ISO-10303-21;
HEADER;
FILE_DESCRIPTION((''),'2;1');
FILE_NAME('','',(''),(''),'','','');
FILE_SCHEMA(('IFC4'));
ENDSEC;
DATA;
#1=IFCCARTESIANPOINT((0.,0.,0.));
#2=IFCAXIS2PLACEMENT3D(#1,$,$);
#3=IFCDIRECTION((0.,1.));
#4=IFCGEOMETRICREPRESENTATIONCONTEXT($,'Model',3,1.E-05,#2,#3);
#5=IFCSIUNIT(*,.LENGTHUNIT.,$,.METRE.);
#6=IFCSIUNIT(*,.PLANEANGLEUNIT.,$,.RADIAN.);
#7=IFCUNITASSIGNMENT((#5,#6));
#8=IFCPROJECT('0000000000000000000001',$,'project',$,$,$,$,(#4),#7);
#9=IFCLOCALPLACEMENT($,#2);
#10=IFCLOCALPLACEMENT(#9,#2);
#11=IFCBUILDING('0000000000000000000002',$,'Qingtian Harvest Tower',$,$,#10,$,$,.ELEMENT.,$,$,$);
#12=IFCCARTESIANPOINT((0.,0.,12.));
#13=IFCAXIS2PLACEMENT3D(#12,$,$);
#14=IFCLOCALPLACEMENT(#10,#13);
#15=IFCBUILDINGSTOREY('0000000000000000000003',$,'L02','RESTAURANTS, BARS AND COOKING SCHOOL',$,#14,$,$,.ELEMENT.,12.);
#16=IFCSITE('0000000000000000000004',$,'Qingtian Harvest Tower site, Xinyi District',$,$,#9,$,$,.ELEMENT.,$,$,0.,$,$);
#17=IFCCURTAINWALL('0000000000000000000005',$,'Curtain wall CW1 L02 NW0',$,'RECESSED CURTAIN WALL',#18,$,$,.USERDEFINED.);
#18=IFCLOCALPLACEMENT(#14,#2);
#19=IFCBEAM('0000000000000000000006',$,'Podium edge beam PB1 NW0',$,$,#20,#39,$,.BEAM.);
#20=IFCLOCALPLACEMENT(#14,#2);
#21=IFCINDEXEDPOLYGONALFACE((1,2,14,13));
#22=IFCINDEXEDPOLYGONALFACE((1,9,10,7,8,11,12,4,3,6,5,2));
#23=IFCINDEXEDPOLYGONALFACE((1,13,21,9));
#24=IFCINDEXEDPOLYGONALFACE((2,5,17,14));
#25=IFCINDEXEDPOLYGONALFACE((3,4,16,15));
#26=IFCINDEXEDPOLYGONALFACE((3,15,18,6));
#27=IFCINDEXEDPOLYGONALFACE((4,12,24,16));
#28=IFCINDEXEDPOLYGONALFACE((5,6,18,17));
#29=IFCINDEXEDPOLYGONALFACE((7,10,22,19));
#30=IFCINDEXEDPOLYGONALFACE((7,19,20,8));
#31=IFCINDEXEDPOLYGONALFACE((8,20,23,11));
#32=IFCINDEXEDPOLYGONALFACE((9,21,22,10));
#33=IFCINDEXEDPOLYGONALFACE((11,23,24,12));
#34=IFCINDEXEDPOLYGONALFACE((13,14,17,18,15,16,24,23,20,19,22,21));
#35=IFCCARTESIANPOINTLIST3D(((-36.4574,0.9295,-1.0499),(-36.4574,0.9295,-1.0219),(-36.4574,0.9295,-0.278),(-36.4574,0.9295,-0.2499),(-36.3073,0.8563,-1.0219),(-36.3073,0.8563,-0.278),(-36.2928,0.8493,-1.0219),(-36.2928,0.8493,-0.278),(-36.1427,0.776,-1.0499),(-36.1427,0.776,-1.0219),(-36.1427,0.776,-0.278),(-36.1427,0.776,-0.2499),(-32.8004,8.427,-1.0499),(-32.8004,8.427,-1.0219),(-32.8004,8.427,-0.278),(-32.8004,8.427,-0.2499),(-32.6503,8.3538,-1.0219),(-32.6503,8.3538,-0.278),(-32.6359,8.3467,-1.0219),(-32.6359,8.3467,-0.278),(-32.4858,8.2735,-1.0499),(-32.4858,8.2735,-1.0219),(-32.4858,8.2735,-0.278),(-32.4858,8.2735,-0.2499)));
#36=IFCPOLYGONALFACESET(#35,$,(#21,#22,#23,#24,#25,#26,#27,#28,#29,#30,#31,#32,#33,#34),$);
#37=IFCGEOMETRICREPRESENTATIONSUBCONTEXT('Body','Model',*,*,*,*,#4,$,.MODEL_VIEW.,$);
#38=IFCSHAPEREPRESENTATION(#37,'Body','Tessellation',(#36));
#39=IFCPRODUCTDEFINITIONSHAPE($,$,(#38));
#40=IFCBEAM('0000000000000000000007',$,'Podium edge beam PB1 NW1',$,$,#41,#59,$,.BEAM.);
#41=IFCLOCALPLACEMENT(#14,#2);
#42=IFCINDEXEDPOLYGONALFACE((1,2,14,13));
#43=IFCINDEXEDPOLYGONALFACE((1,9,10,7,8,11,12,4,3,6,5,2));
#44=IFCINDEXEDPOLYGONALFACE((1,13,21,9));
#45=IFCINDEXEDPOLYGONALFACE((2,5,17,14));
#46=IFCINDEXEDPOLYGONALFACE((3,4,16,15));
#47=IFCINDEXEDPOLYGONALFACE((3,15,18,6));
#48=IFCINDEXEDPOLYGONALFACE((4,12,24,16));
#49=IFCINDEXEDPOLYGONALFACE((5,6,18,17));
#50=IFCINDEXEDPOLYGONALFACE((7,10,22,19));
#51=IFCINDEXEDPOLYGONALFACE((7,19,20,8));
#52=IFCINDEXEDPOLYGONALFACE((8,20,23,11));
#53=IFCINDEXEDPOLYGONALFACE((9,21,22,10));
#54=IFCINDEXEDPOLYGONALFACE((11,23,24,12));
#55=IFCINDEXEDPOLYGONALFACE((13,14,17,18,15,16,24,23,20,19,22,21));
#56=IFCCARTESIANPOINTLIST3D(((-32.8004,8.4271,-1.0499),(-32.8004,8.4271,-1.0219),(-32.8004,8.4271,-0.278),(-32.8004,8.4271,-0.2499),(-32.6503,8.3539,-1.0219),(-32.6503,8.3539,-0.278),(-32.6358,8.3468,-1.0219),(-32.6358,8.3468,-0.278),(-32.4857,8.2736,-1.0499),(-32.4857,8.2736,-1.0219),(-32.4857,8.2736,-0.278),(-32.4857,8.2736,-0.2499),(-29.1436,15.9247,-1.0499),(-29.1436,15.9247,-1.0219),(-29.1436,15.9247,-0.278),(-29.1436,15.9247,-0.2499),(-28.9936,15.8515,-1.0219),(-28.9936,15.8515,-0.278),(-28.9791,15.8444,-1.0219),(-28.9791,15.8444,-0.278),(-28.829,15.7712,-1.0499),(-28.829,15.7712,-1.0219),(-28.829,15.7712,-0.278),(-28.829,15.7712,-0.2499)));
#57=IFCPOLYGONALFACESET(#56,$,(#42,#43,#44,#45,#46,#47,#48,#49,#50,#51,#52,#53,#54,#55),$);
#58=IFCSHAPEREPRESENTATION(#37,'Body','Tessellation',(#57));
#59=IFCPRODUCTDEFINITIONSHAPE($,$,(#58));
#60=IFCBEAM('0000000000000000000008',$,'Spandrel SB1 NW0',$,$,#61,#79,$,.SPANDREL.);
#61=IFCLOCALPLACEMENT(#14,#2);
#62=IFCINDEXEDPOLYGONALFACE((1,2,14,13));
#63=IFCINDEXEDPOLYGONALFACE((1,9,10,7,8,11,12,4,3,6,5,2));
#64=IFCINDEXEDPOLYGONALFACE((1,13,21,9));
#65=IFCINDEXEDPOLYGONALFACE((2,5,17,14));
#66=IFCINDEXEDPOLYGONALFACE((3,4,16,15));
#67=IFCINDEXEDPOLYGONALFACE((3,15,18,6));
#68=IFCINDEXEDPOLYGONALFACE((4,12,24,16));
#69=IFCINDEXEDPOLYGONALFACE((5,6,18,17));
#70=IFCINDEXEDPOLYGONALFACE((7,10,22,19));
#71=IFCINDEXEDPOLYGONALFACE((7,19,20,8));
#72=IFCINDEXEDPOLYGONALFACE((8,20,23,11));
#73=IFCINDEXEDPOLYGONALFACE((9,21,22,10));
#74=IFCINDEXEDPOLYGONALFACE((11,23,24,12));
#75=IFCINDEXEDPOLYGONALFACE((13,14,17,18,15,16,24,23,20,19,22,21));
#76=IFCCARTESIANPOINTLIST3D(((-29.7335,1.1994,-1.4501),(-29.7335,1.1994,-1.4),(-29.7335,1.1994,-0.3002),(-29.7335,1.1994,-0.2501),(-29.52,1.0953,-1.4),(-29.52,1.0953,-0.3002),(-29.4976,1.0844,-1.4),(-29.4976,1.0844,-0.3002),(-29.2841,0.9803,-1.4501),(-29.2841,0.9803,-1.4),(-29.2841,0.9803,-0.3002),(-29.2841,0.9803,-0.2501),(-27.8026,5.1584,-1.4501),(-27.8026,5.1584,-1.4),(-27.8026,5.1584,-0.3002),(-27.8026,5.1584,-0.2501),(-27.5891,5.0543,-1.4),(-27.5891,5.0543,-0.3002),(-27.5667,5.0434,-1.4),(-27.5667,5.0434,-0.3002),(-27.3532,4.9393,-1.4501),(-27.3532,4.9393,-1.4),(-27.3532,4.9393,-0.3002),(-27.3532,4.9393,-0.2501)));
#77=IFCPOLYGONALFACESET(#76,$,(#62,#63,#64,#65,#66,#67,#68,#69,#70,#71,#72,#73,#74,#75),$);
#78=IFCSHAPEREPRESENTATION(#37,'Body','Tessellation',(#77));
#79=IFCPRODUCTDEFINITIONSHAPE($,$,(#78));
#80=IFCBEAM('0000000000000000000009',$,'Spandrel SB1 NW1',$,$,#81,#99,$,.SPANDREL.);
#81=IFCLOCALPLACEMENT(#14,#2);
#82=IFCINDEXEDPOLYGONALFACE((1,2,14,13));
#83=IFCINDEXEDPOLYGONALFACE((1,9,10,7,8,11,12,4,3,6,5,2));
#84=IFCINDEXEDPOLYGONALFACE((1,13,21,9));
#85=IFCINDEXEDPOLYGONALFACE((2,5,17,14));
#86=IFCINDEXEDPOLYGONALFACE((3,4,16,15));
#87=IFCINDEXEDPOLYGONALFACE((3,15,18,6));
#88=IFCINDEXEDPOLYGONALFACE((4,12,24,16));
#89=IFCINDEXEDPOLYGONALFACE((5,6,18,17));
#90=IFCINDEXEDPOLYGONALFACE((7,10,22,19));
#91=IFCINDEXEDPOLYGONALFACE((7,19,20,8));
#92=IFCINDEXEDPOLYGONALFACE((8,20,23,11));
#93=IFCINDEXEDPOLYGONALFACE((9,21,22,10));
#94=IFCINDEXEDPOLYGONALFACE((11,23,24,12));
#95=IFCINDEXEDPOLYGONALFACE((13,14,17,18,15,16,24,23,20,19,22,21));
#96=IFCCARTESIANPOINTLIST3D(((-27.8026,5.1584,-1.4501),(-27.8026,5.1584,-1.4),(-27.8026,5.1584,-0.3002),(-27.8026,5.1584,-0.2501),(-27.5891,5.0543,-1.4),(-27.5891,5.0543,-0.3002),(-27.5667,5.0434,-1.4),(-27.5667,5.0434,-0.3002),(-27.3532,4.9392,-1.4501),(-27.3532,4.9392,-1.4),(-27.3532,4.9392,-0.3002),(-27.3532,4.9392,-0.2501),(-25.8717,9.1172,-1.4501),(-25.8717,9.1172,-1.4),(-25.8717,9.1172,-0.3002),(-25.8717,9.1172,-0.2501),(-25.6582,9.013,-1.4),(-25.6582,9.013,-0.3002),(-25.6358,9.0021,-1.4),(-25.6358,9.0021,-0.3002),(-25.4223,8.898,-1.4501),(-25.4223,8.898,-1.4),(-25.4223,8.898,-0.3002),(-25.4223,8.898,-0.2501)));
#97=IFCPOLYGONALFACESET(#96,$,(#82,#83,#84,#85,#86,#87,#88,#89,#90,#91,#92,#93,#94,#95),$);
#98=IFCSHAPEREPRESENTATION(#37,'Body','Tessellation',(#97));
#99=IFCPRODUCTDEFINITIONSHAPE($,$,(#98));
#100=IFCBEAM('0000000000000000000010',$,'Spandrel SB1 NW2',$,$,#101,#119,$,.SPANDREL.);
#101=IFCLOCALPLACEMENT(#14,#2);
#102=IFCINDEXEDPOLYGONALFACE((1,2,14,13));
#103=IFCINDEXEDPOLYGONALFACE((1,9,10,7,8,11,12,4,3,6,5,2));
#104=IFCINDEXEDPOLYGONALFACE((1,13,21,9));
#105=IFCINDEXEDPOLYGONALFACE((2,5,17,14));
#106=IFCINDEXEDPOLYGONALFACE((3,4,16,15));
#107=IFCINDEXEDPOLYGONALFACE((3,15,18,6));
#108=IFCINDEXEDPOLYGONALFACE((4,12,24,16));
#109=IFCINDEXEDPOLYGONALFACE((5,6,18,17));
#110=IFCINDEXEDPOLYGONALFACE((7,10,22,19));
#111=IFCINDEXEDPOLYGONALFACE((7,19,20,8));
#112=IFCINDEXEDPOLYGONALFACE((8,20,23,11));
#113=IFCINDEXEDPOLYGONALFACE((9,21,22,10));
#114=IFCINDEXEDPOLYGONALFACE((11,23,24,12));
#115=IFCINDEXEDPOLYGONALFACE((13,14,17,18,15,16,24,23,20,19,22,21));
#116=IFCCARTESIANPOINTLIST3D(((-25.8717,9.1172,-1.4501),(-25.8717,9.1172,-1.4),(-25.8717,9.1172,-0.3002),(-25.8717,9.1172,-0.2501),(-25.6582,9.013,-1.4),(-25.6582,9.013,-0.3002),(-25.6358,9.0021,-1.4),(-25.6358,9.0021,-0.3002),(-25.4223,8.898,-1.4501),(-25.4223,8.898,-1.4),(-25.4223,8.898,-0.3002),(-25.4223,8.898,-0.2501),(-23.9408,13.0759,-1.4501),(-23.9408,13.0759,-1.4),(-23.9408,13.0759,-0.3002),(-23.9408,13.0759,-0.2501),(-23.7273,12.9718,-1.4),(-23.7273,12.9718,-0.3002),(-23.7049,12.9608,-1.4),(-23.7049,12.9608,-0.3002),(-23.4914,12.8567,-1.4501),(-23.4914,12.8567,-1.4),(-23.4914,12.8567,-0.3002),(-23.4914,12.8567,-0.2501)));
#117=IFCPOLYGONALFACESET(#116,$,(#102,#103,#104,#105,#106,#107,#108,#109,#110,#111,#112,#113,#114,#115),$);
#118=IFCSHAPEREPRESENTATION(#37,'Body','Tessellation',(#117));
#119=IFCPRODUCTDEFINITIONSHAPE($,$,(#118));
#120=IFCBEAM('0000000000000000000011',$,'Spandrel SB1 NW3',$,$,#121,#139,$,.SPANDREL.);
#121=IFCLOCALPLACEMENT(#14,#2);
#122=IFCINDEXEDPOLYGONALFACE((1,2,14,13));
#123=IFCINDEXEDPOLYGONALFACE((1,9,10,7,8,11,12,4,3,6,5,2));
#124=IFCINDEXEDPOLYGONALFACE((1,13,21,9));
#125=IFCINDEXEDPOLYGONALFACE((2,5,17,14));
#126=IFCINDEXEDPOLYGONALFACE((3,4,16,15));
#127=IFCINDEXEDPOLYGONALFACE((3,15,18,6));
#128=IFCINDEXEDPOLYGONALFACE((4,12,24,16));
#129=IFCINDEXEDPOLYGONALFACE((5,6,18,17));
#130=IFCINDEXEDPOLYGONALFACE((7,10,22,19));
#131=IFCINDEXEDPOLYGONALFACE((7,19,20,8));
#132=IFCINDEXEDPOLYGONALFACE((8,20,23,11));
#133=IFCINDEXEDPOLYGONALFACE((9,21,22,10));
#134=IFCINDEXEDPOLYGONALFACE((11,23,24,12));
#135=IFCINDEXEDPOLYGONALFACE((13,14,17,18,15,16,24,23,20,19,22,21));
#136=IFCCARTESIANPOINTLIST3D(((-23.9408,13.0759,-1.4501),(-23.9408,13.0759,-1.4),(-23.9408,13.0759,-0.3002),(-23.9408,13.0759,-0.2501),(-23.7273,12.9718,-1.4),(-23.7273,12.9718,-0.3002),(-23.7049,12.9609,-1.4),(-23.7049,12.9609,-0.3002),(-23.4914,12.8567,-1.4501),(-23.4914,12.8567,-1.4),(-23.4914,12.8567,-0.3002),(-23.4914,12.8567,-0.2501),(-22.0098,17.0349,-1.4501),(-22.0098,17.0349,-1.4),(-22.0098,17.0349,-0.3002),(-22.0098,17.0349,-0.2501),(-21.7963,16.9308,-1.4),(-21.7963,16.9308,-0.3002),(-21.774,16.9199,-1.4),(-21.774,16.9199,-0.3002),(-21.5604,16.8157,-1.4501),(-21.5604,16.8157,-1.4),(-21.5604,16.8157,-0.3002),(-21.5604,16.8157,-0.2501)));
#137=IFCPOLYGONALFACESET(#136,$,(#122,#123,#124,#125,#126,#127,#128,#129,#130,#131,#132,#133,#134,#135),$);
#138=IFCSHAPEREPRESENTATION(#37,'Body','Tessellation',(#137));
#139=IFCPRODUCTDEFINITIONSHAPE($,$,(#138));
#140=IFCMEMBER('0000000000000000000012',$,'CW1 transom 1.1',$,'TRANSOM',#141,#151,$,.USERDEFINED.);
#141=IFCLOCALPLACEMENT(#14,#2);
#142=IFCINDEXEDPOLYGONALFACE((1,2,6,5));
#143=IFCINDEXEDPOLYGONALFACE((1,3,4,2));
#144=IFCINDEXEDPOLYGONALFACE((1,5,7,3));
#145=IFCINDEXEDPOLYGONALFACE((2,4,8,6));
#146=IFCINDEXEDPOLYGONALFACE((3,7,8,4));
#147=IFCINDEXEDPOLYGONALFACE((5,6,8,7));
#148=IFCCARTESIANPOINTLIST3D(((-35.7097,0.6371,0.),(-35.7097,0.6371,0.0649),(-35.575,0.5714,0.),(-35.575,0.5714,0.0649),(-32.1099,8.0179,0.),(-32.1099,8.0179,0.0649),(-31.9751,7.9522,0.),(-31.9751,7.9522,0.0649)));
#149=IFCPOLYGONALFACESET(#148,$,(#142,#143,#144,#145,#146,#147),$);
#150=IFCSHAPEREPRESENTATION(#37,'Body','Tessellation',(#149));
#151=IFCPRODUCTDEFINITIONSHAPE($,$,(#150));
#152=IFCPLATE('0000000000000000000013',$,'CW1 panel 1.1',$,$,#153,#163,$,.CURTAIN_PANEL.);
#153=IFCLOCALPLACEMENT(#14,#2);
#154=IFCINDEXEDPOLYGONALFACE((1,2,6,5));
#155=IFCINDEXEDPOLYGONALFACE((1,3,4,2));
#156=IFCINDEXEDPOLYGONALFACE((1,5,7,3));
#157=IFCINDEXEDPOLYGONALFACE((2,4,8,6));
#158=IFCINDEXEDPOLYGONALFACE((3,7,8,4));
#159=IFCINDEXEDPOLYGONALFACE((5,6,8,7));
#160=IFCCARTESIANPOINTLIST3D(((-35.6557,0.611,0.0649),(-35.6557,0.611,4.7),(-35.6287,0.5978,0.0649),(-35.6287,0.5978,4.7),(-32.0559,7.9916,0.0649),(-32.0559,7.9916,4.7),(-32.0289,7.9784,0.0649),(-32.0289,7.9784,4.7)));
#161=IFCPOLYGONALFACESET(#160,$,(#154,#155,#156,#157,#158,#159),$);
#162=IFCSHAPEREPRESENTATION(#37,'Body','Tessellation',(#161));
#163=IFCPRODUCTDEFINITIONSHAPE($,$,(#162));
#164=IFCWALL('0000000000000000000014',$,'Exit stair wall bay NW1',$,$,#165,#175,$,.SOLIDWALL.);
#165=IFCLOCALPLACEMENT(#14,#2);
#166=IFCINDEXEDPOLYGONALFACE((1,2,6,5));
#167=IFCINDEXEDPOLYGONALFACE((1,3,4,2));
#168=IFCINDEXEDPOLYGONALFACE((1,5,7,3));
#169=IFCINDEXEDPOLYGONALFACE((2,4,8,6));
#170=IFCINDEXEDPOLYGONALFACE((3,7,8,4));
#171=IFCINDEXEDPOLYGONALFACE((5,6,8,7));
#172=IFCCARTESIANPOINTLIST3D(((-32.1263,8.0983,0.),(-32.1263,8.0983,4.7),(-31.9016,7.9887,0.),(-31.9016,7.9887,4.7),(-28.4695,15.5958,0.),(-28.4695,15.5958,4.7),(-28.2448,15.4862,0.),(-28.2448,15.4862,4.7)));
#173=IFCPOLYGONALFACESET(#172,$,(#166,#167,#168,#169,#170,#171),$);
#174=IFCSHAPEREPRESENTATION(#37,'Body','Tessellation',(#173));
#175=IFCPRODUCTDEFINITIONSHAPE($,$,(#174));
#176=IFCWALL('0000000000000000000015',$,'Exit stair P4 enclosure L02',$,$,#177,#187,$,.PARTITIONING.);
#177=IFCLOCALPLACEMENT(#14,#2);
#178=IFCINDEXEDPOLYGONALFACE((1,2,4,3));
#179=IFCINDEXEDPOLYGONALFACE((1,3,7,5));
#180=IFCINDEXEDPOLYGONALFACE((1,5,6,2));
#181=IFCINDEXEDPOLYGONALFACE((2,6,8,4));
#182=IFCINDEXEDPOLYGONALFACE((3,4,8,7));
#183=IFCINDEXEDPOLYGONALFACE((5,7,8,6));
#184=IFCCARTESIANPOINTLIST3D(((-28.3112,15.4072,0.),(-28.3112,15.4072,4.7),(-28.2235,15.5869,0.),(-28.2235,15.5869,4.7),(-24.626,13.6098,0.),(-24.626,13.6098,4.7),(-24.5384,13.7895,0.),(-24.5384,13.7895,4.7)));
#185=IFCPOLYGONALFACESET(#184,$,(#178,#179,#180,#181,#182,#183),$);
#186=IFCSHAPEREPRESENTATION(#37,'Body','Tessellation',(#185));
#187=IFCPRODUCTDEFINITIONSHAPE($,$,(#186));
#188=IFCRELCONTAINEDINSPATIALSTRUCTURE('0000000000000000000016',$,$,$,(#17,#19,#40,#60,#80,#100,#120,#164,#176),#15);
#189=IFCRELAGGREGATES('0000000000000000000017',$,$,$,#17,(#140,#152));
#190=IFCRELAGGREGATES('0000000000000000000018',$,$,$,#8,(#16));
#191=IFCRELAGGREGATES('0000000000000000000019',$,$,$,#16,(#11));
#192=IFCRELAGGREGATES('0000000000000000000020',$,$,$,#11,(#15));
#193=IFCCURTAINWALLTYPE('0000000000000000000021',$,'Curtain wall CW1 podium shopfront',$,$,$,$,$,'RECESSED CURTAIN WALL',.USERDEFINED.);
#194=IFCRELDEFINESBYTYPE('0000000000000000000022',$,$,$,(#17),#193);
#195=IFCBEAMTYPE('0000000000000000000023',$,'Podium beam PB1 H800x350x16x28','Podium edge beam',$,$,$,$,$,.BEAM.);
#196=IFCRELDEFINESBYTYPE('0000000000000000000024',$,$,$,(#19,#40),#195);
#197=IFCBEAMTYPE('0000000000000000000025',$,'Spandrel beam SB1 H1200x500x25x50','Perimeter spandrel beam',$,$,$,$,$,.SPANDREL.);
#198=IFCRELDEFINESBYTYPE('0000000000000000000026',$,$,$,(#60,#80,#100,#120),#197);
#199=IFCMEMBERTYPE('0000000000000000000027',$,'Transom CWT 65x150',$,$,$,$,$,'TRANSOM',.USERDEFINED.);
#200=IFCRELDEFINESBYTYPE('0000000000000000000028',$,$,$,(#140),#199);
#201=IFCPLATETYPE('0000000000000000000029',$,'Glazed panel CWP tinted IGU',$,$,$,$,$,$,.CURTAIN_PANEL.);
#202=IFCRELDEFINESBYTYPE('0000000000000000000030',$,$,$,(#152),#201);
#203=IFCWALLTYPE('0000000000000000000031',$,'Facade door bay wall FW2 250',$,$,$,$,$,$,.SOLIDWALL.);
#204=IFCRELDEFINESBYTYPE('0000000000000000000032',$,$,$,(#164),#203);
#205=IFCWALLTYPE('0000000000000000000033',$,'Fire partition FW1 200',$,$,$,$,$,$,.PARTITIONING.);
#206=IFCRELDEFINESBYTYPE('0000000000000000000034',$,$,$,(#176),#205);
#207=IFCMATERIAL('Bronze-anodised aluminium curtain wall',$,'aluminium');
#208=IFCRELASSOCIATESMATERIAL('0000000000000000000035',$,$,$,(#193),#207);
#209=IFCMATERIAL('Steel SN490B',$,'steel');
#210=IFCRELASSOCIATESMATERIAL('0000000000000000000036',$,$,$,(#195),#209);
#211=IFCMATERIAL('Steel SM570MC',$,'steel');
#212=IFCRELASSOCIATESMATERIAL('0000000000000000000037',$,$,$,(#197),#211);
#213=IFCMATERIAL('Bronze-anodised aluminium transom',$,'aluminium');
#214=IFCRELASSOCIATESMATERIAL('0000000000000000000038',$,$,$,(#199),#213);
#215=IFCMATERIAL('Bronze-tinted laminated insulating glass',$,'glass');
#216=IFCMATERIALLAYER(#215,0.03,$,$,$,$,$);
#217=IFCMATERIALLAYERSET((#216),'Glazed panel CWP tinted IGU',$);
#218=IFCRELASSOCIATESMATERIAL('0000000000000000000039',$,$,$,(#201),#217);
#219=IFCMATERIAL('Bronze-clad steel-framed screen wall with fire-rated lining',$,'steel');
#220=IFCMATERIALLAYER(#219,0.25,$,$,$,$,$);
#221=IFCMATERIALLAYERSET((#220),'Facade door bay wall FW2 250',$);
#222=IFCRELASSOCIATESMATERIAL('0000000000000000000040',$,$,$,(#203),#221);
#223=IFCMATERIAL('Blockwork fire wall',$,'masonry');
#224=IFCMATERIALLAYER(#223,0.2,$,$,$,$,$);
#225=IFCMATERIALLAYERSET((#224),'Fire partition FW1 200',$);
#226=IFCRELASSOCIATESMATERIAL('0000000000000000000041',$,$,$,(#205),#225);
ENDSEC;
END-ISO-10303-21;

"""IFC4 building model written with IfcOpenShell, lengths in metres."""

from ifc_helpers import new_model, si_unit, direction, frame, frame_2d, origin, origin_2d, place, context, subcontext, project, spatial, rectangle, i_section, extrude, material, layer, layer_set, material_profile, profile_set, type_object, element, aggregate, save


model = new_model("IFC4")

# Units and contexts
model_context = context("Model", 3, precision=1e-05, world=origin(), true_north=direction((0.0, 1.0)))
body_context = subcontext(model_context, "Body", "Model", "MODEL_VIEW")
ifc_project = project(units=[si_unit("LENGTHUNIT", "METRE"), si_unit("PLANEANGLEUNIT", "RADIAN")], contexts=[model_context])

# Site, building, storey
site_placement = place(None, origin())
site = spatial("IfcSite", under=ifc_project, at=site_placement, Name="Qingtian Harvest Tower site, Xinyi District", CompositionType="ELEMENT", RefElevation=0.0)
building_placement = place(site_placement, origin())
building = spatial("IfcBuilding", under=site, at=building_placement, Name="Qingtian Harvest Tower", CompositionType="ELEMENT")
storey_placement = place(building_placement, frame((0.0, 0.0, 12.0)))
storey = spatial("IfcBuildingStorey", under=building, at=storey_placement, Name="L02", Description="RESTAURANTS, BARS AND COOKING SCHOOL", CompositionType="ELEMENT", Elevation=12.0)

# Shared definitions
ifc_material_1 = material(Name="Bronze-anodised aluminium curtain wall", Category="aluminium")
curtain_wall_type = type_object("IfcCurtainWallType", Name="Curtain wall CW1 podium shopfront", ElementType="RECESSED CURTAIN WALL", PredefinedType="USERDEFINED", material=ifc_material_1)

# Curtain wall
curtain_wall_1_placement = place(storey_placement, origin())
curtain_wall_1 = element("IfcCurtainWall", 1, at=curtain_wall_1_placement, inside=storey, type_object=curtain_wall_type, Name="Curtain wall CW1 L02 NW0", ObjectType="RECESSED CURTAIN WALL", PredefinedType="USERDEFINED")

# Beams
ifc_material_2 = material(Name="Steel SN490B", Category="steel")
ifc_material_profile_1 = material_profile(ifc_material_2, i_section(OverallWidth=0.3501, OverallDepth=0.8, WebThickness=0.0161, FlangeThickness=0.0281, at=origin_2d()), Name="H800x350x16x28")
ifc_profile_set_1 = profile_set([ifc_material_profile_1], Name="Steel SN490B")
beam_type_1 = type_object("IfcBeamType", Name="Podium beam PB1 H800x350x16x28", Description="Podium edge beam", PredefinedType="BEAM", material=ifc_profile_set_1)
for number, where, z_axis, x_axis, name in (
    (2, (-36.3, 0.8528, -0.6499), (0.438388, 0.898786, 0.0), (-0.898786, 0.438388, 0.0), "Podium edge beam PB1 NW0"),
    (3, (-32.6431, 8.3503, -0.6499), (0.438365, 0.898797, 0.0), (-0.898797, 0.438365, 0.0), "Podium edge beam PB1 NW1"),
):
    element("IfcBeam", number, at=place(storey_placement, frame(where, z_axis=z_axis, x_axis=x_axis)), inside=storey, type_object=beam_type_1, Name=name, PredefinedType="BEAM", context=body_context, shape_type="SweptSolid", body=[
        extrude(i_section(OverallWidth=0.3501, OverallDepth=0.8, WebThickness=0.0161, FlangeThickness=0.0281, at=origin_2d()), origin(), (0.0, 0.0, 1.0), 8.3418),
    ])
ifc_material_3 = material(Name="Steel SM570MC", Category="steel")
ifc_material_profile_2 = material_profile(ifc_material_3, i_section(OverallWidth=0.5, OverallDepth=1.2, WebThickness=0.0249, FlangeThickness=0.05, at=origin_2d()), Name="H1200x500x25x50")
ifc_profile_set_2 = profile_set([ifc_material_profile_2], Name="Steel SM570MC")
beam_type_2 = type_object("IfcBeamType", Name="Spandrel beam SB1 H1200x500x25x50", Description="Perimeter spandrel beam", PredefinedType="SPANDREL", material=ifc_profile_set_2)
beam_1_placement = place(storey_placement, frame((-29.5088, 1.0898, -0.8501), z_axis=(0.438368, 0.898796, 0.0), x_axis=(-0.898796, 0.438368, 0.0)))
element("IfcBeam", 4, at=beam_1_placement, inside=storey, type_object=beam_type_2, Name="Spandrel SB1 NW0", PredefinedType="SPANDREL", context=body_context, shape_type="SweptSolid", body=[
    extrude(i_section(OverallWidth=0.5, OverallDepth=1.2, WebThickness=0.0249, FlangeThickness=0.05, at=origin_2d()), origin(), (0.0, 0.0, 1.0), 4.4048),
])
for number, where, z_axis, x_axis, name in (
    (5, (-27.5779, 5.0488, -0.8501), (0.43839, 0.898785, 0.0), (-0.898785, 0.43839, 0.0), "Spandrel SB1 NW1"),
    (6, (-25.647, 9.0076, -0.8501), (0.43839, 0.898785, 0.0), (-0.898785, 0.43839, 0.0), "Spandrel SB1 NW2"),
):
    element("IfcBeam", number, at=place(storey_placement, frame(where, z_axis=z_axis, x_axis=x_axis)), inside=storey, type_object=beam_type_2, Name=name, PredefinedType="SPANDREL", context=body_context, shape_type="SweptSolid", body=[
        extrude(i_section(OverallWidth=0.5, OverallDepth=1.2, WebThickness=0.0249, FlangeThickness=0.05, at=origin_2d()), origin(), (0.0, 0.0, 1.0), 4.4045),
    ])
beam_2_placement = place(storey_placement, frame((-23.7161, 12.9663, -0.8501), z_axis=(0.438368, 0.898796, 0.0), x_axis=(-0.898796, 0.438368, 0.0)))
element("IfcBeam", 7, at=beam_2_placement, inside=storey, type_object=beam_type_2, Name="Spandrel SB1 NW3", PredefinedType="SPANDREL", context=body_context, shape_type="SweptSolid", body=[
    extrude(i_section(OverallWidth=0.5, OverallDepth=1.2, WebThickness=0.0249, FlangeThickness=0.05, at=origin_2d()), origin(), (0.0, 0.0, 1.0), 4.4048),
])

# Member
ifc_material_4 = material(Name="Bronze-anodised aluminium transom", Category="aluminium")
ifc_material_profile_3 = material_profile(ifc_material_4, rectangle(XDim=0.1499, YDim=0.0649, at=origin_2d()), Name="AL 65x150")
ifc_profile_set_3 = profile_set([ifc_material_profile_3], Name="Bronze-anodised aluminium transom")
member_type_1 = type_object("IfcMemberType", Name="Transom CWT 65x150", ElementType="TRANSOM", PredefinedType="USERDEFINED", material=ifc_profile_set_3)
member_1_placement = place(storey_placement, frame((-35.6423, 0.6042, 0.0325), z_axis=(0.438368, 0.898796, 0.0), x_axis=(-0.898796, 0.438368, 0.0)))
member_1 = element("IfcMember", 8, at=member_1_placement, type_object=member_type_1, Name="CW1 transom 1.1", ObjectType="TRANSOM", PredefinedType="USERDEFINED", context=body_context, shape_type="SweptSolid", body=[
    extrude(rectangle(XDim=0.1499, YDim=0.0649, at=origin_2d()), origin(), (0.0, 0.0, 1.0), 8.2119),
])

# Plate
ifc_material_5 = material(Name="Bronze-tinted laminated insulating glass", Category="glass")
ifc_layer_1 = layer(ifc_material_5, 0.03)
ifc_layer_set_1 = layer_set([ifc_layer_1], Name="Glazed panel CWP tinted IGU")
plate_type = type_object("IfcPlateType", Name="Glazed panel CWP tinted IGU", PredefinedType="CURTAIN_PANEL", material=ifc_layer_set_1)
plate_placement = place(storey_placement, frame((-33.8423, 4.2947, 0.0649), z_axis=(0.0, 0.0, 1.0), x_axis=(0.438371, 0.898794, 0.0)))
plate = element("IfcPlate", 9, at=plate_placement, type_object=plate_type, Name="CW1 panel 1.1", PredefinedType="CURTAIN_PANEL", context=body_context, shape_type="SweptSolid", body=[
    extrude(rectangle(XDim=8.2117, YDim=0.03, at=origin_2d()), origin(), (0.0, 0.0, 1.0), 4.635),
])
aggregate(curtain_wall_1, [member_1, plate])

# Wall
ifc_material_6 = material(Name="Bronze-clad steel-framed screen wall with fire-rated lining", Category="steel")
ifc_layer_2 = layer(ifc_material_6, 0.25)
ifc_layer_set_2 = layer_set([ifc_layer_2], Name="Facade door bay wall FW2 250")
wall_type_1 = type_object("IfcWallType", Name="Facade door bay wall FW2 250", PredefinedType="SOLIDWALL", material=ifc_layer_set_2)
wall_1_placement = place(storey_placement, frame((-32.0139, 8.0435, 0.0), z_axis=(0.0, 0.0, 1.0), x_axis=(0.438365, 0.898797, 0.0)))
element("IfcWall", 10, at=wall_1_placement, inside=storey, type_object=wall_type_1, Name="Exit stair wall bay NW1", PredefinedType="SOLIDWALL", context=body_context, shape_type="SweptSolid", body=[
    extrude(rectangle(XDim=8.3418, YDim=0.25, at=frame_2d((4.1709, 0.0))), origin(), (0.0, 0.0, 1.0), 4.7),
])

# Shared definitions
ifc_material_7 = material(Name="Blockwork fire wall", Category="masonry")
ifc_layer_3 = layer(ifc_material_7, 0.2)
ifc_layer_set_3 = layer_set([ifc_layer_3], Name="Fire partition FW1 200")
wall_type_2 = type_object("IfcWallType", Name="Fire partition FW1 200", PredefinedType="PARTITIONING", material=ifc_layer_set_3)

# Wall
wall_2_placement = place(storey_placement, frame((-28.2673, 15.4971, 0.0), z_axis=(0.0, 0.0, 1.0), x_axis=(0.89879, -0.438379, 0.0)))
element("IfcWall", 11, at=wall_2_placement, inside=storey, type_object=wall_type_2, Name="Exit stair P4 enclosure L02", PredefinedType="PARTITIONING", context=body_context, shape_type="SweptSolid", body=[
    extrude(rectangle(XDim=4.1001, YDim=0.2, at=frame_2d((2.05, 0.0))), origin(), (0.0, 0.0, 1.0), 4.7),
])

save(model, "model.ifc")
